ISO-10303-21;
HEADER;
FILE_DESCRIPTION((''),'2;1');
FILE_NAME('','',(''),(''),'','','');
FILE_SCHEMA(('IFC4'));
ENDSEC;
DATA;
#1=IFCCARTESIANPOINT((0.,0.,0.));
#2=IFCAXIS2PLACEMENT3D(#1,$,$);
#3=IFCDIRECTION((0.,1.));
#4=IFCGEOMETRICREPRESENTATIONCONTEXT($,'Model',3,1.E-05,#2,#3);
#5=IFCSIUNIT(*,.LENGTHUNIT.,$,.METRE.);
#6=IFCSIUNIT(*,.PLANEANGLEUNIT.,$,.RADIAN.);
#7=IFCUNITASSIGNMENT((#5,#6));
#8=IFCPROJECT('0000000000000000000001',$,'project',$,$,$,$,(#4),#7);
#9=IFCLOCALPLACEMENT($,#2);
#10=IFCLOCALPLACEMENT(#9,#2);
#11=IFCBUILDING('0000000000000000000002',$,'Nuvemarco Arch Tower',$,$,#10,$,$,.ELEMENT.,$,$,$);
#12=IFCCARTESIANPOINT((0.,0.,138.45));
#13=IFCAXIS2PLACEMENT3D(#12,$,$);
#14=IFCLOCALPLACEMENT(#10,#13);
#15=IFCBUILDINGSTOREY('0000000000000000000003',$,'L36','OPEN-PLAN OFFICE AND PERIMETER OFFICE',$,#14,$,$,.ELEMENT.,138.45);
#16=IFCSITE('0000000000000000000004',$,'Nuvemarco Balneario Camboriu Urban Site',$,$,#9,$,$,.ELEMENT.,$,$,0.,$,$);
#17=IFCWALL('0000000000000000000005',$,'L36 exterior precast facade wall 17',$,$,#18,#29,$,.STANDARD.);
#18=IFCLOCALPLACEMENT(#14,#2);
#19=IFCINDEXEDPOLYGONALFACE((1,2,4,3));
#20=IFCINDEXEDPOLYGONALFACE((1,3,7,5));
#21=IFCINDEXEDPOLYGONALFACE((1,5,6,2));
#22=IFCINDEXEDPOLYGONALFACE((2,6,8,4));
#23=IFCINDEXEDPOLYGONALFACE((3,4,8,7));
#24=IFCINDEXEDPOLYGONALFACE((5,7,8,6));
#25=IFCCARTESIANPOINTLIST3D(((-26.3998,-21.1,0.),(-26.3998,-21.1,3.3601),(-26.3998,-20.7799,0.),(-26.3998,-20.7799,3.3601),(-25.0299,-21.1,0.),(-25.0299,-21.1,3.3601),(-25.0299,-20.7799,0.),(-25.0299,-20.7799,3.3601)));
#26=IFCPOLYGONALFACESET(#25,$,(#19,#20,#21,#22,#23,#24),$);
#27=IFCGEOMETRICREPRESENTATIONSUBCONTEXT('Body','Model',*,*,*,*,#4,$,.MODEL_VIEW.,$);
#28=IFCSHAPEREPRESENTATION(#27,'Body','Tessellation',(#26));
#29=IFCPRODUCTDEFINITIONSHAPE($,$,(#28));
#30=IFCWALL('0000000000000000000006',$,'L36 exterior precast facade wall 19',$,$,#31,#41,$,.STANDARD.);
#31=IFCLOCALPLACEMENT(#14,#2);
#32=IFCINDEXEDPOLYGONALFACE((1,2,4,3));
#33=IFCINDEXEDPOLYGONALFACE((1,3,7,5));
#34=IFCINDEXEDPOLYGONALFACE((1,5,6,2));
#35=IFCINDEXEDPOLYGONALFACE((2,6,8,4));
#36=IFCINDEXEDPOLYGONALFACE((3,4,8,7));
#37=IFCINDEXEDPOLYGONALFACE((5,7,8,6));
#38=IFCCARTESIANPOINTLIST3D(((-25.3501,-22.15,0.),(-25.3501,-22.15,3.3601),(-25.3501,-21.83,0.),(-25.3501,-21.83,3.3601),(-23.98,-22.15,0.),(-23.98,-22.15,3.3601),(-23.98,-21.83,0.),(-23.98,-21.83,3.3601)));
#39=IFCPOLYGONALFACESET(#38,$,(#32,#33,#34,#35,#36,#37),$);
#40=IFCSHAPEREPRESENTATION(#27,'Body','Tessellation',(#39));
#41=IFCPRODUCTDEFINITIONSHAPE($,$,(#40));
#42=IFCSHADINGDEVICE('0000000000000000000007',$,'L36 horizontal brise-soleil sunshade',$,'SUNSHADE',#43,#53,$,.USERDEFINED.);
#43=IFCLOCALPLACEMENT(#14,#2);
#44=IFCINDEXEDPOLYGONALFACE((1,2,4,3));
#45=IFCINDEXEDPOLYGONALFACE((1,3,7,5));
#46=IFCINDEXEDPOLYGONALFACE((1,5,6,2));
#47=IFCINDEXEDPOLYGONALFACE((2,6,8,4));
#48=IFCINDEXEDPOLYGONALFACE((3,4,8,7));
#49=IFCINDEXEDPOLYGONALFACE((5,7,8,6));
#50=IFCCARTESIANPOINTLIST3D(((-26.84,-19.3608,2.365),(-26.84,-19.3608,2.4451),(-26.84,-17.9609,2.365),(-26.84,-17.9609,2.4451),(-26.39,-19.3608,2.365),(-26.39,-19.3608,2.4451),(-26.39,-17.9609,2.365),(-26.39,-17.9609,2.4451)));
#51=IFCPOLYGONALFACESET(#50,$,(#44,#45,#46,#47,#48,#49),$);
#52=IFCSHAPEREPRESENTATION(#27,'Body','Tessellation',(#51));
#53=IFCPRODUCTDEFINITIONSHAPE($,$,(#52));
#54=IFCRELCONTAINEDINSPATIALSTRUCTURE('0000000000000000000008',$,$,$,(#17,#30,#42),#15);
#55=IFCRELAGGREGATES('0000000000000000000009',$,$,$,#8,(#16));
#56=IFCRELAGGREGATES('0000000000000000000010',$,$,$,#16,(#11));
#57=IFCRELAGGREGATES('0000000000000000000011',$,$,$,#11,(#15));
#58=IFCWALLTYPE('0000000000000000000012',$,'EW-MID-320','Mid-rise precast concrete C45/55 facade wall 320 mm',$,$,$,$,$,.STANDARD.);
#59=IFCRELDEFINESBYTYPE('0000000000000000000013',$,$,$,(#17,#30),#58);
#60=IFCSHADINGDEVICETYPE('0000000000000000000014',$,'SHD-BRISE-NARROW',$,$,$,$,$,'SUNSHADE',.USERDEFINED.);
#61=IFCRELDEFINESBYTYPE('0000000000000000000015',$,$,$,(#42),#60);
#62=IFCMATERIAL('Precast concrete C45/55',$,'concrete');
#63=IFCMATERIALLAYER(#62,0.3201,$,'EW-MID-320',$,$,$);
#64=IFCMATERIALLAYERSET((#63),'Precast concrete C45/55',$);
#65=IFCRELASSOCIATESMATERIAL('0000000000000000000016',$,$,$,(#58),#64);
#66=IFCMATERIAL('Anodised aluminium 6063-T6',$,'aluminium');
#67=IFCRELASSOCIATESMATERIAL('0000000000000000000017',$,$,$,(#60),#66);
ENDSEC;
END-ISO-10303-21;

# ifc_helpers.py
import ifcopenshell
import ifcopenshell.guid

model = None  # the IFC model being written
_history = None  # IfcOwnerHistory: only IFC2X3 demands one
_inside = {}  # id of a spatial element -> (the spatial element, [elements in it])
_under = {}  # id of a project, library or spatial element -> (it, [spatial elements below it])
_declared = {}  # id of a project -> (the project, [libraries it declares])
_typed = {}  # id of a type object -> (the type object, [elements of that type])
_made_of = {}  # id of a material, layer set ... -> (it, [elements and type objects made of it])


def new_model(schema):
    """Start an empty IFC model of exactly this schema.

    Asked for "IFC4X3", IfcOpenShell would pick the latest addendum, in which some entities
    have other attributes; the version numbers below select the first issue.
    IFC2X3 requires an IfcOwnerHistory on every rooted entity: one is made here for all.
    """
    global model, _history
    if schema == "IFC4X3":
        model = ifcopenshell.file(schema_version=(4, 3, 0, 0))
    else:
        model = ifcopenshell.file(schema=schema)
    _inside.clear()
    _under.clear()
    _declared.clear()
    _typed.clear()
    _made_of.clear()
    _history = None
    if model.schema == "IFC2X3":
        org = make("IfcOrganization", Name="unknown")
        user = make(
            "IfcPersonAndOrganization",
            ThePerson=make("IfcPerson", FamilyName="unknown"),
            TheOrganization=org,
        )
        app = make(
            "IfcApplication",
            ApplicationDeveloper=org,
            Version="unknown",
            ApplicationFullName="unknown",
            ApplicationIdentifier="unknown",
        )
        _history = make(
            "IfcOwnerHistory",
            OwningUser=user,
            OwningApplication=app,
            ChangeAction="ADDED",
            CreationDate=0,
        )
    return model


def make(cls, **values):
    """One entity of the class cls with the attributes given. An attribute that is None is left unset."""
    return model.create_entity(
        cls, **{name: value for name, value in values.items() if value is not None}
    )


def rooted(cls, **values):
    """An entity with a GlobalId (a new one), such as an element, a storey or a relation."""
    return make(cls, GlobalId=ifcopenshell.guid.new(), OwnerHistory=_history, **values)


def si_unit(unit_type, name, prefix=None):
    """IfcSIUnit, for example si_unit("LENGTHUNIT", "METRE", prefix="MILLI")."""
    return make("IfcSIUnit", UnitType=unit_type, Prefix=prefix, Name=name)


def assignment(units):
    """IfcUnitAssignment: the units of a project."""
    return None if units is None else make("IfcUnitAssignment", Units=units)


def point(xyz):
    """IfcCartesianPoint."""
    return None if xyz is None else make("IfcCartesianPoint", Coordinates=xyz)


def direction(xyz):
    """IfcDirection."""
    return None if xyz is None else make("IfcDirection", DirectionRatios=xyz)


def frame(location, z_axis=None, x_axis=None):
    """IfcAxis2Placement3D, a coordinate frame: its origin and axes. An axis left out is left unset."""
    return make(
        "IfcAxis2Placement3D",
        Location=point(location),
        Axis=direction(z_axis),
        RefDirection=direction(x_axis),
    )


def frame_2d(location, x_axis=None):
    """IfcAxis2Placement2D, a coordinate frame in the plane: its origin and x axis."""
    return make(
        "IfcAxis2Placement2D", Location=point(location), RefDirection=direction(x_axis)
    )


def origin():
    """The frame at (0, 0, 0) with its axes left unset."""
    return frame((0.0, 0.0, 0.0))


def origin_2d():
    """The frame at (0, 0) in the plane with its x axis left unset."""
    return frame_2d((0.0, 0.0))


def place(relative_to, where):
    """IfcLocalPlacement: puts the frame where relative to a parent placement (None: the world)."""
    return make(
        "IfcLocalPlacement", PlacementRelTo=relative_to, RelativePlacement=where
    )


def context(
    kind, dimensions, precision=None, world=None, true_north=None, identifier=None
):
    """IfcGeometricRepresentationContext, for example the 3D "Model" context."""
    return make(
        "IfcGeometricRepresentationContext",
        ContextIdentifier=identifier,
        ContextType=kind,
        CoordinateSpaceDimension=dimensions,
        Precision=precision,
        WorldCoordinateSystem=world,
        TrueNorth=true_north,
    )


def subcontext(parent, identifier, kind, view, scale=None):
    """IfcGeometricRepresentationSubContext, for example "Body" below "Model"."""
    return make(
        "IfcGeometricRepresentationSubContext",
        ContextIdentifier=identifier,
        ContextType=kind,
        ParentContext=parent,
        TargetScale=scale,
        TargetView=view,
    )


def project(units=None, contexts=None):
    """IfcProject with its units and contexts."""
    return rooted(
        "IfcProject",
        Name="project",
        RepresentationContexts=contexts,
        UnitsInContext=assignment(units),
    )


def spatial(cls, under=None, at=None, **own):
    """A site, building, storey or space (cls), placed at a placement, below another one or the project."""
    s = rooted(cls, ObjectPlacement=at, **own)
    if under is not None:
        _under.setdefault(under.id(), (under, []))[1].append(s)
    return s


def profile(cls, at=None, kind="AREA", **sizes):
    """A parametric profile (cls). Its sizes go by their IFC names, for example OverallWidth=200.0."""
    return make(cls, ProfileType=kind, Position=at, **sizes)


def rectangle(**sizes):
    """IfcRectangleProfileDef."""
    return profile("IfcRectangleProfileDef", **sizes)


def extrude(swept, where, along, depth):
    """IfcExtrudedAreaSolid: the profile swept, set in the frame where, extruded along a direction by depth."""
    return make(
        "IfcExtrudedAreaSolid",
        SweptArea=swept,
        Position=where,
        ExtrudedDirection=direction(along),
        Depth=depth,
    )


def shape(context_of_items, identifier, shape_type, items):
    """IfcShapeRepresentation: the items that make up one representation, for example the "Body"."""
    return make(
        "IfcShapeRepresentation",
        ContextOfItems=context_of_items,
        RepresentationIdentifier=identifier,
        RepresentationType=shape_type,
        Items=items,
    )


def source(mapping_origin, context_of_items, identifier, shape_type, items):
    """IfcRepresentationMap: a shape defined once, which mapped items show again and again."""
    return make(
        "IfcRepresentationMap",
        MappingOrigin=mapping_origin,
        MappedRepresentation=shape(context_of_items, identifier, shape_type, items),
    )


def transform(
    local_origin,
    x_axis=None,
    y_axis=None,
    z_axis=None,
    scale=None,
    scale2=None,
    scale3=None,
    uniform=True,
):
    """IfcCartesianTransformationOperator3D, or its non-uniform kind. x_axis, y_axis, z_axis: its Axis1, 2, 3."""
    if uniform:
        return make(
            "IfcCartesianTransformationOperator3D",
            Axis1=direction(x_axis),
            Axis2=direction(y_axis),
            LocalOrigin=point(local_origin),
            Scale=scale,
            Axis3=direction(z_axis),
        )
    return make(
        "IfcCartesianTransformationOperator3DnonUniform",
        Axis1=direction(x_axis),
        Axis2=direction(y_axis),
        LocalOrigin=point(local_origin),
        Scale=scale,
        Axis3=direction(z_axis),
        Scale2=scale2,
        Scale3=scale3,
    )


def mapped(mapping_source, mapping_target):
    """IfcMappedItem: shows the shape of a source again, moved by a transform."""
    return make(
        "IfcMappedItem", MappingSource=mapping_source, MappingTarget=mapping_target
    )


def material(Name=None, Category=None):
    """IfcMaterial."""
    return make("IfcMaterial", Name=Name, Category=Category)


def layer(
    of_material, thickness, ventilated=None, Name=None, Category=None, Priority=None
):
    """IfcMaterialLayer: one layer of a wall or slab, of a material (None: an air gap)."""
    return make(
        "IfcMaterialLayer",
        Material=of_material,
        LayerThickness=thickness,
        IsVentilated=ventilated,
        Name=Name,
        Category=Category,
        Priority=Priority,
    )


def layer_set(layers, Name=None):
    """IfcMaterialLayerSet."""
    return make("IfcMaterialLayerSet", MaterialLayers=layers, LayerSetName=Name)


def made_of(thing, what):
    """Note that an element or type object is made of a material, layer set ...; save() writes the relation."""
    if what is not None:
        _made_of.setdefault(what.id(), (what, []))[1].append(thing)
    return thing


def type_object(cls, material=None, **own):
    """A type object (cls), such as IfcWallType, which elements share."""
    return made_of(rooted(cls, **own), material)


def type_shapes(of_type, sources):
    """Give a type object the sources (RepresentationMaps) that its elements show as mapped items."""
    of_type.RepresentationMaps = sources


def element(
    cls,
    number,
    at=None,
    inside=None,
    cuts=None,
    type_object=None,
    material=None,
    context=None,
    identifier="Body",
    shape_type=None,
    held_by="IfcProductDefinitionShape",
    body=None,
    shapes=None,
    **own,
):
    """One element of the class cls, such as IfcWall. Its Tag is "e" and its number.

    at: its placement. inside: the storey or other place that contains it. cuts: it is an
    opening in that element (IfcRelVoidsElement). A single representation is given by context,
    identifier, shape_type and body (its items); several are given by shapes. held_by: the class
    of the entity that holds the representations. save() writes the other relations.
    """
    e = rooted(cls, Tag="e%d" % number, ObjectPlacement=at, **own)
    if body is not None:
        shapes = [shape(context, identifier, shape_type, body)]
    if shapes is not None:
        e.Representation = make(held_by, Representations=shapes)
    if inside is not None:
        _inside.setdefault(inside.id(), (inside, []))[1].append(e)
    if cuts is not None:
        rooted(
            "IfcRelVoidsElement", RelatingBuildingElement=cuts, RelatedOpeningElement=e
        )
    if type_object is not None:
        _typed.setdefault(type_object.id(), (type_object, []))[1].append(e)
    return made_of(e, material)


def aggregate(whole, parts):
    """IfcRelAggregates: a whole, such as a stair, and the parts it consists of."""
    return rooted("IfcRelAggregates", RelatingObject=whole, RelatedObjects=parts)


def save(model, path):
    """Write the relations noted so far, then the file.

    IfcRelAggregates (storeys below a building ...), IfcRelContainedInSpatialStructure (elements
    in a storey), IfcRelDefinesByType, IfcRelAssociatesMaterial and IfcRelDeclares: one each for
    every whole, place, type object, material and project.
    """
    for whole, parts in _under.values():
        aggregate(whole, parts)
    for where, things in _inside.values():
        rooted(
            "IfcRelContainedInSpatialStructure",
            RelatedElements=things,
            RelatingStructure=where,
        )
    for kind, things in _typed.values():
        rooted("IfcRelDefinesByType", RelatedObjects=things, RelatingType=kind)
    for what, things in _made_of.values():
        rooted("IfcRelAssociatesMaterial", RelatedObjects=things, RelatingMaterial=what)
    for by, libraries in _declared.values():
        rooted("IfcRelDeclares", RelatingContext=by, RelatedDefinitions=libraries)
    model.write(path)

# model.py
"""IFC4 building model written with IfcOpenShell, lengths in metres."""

from ifc_helpers import new_model, si_unit, direction, frame, frame_2d, origin, origin_2d, place, context, subcontext, project, spatial, rectangle, extrude, source, transform, mapped, material, layer, layer_set, type_object, type_shapes, element, save


model = new_model("IFC4")

# Units and contexts
model_context = context("Model", 3, precision=1e-05, world=origin(), true_north=direction((0.0, 1.0)))
body_context = subcontext(model_context, "Body", "Model", "MODEL_VIEW")
ifc_project = project(units=[si_unit("LENGTHUNIT", "METRE"), si_unit("PLANEANGLEUNIT", "RADIAN")], contexts=[model_context])

# Site, building, storey
site_placement = place(None, origin())
site = spatial("IfcSite", under=ifc_project, at=site_placement, Name="Nuvemarco Balneario Camboriu Urban Site", CompositionType="ELEMENT", RefElevation=0.0)
building_placement = place(site_placement, origin())
building = spatial("IfcBuilding", under=site, at=building_placement, Name="Nuvemarco Arch Tower", CompositionType="ELEMENT")
storey_placement = place(building_placement, frame((0.0, 0.0, 138.45)))
storey = spatial("IfcBuildingStorey", under=building, at=storey_placement, Name="L36", Description="OPEN-PLAN OFFICE AND PERIMETER OFFICE", CompositionType="ELEMENT", Elevation=138.45)

# Shared definitions
ifc_material_1 = material(Name="Precast concrete C45/55", Category="concrete")
ifc_layer = layer(ifc_material_1, 0.3201, Name="EW-MID-320")
ifc_layer_set = layer_set([ifc_layer], Name="Precast concrete C45/55")
wall_type = type_object("IfcWallType", Name="EW-MID-320", Description="Mid-rise precast concrete C45/55 facade wall 320 mm", PredefinedType="STANDARD", material=ifc_layer_set)

# Walls
wall_1_placement = place(storey_placement, frame((-26.3999, -20.9399, 0.0), z_axis=(0.0, 0.0, 1.0), x_axis=(1.0, 0.0, 0.0)))
element("IfcWall", 1, at=wall_1_placement, inside=storey, type_object=wall_type, Name="L36 exterior precast facade wall 17", PredefinedType="STANDARD", context=body_context, shape_type="SweptSolid", body=[
    extrude(rectangle(XDim=1.3699, YDim=0.3201, at=frame_2d((0.6851, 0.0))), origin(), (0.0, 0.0, 1.0), 3.3601),
])
wall_2_placement = place(storey_placement, frame((-25.3501, -21.99, 0.0), z_axis=(0.0, 0.0, 1.0), x_axis=(1.0, 0.0, 0.0)))
element("IfcWall", 2, at=wall_2_placement, inside=storey, type_object=wall_type, Name="L36 exterior precast facade wall 19", PredefinedType="STANDARD", context=body_context, shape_type="SweptSolid", body=[
    extrude(rectangle(XDim=1.3701, YDim=0.3201, at=frame_2d((0.6851, 0.0))), origin(), (0.0, 0.0, 1.0), 3.3601),
])

# Shading device
ifc_material_2 = material(Name="Anodised aluminium 6063-T6", Category="aluminium")
shading_device_type = type_object("IfcShadingDeviceType", Name="SHD-BRISE-NARROW", ElementType="SUNSHADE", PredefinedType="USERDEFINED", material=ifc_material_2)
shared_shape_1 = source(origin(), body_context, "Body", "SweptSolid", [
    extrude(rectangle(XDim=1.3999, YDim=0.45, at=origin_2d()), origin(), (0.0, 0.0, 1.0), 0.0801),
])
type_shapes(shading_device_type, [shared_shape_1])
shading_device_placement = place(storey_placement, frame((-26.615, -18.6609, 2.365), z_axis=(0.0, 0.0, 1.0), x_axis=(0.0, 1.0, 0.0)))
element("IfcShadingDevice", 3, at=shading_device_placement, inside=storey, type_object=shading_device_type, Name="L36 horizontal brise-soleil sunshade", ObjectType="SUNSHADE", PredefinedType="USERDEFINED", context=body_context, shape_type="MappedRepresentation", body=[
    mapped(shared_shape_1, transform((0.0, 0.0, 0.0), scale=1.0)),
])

save(model, "model.ifc")
